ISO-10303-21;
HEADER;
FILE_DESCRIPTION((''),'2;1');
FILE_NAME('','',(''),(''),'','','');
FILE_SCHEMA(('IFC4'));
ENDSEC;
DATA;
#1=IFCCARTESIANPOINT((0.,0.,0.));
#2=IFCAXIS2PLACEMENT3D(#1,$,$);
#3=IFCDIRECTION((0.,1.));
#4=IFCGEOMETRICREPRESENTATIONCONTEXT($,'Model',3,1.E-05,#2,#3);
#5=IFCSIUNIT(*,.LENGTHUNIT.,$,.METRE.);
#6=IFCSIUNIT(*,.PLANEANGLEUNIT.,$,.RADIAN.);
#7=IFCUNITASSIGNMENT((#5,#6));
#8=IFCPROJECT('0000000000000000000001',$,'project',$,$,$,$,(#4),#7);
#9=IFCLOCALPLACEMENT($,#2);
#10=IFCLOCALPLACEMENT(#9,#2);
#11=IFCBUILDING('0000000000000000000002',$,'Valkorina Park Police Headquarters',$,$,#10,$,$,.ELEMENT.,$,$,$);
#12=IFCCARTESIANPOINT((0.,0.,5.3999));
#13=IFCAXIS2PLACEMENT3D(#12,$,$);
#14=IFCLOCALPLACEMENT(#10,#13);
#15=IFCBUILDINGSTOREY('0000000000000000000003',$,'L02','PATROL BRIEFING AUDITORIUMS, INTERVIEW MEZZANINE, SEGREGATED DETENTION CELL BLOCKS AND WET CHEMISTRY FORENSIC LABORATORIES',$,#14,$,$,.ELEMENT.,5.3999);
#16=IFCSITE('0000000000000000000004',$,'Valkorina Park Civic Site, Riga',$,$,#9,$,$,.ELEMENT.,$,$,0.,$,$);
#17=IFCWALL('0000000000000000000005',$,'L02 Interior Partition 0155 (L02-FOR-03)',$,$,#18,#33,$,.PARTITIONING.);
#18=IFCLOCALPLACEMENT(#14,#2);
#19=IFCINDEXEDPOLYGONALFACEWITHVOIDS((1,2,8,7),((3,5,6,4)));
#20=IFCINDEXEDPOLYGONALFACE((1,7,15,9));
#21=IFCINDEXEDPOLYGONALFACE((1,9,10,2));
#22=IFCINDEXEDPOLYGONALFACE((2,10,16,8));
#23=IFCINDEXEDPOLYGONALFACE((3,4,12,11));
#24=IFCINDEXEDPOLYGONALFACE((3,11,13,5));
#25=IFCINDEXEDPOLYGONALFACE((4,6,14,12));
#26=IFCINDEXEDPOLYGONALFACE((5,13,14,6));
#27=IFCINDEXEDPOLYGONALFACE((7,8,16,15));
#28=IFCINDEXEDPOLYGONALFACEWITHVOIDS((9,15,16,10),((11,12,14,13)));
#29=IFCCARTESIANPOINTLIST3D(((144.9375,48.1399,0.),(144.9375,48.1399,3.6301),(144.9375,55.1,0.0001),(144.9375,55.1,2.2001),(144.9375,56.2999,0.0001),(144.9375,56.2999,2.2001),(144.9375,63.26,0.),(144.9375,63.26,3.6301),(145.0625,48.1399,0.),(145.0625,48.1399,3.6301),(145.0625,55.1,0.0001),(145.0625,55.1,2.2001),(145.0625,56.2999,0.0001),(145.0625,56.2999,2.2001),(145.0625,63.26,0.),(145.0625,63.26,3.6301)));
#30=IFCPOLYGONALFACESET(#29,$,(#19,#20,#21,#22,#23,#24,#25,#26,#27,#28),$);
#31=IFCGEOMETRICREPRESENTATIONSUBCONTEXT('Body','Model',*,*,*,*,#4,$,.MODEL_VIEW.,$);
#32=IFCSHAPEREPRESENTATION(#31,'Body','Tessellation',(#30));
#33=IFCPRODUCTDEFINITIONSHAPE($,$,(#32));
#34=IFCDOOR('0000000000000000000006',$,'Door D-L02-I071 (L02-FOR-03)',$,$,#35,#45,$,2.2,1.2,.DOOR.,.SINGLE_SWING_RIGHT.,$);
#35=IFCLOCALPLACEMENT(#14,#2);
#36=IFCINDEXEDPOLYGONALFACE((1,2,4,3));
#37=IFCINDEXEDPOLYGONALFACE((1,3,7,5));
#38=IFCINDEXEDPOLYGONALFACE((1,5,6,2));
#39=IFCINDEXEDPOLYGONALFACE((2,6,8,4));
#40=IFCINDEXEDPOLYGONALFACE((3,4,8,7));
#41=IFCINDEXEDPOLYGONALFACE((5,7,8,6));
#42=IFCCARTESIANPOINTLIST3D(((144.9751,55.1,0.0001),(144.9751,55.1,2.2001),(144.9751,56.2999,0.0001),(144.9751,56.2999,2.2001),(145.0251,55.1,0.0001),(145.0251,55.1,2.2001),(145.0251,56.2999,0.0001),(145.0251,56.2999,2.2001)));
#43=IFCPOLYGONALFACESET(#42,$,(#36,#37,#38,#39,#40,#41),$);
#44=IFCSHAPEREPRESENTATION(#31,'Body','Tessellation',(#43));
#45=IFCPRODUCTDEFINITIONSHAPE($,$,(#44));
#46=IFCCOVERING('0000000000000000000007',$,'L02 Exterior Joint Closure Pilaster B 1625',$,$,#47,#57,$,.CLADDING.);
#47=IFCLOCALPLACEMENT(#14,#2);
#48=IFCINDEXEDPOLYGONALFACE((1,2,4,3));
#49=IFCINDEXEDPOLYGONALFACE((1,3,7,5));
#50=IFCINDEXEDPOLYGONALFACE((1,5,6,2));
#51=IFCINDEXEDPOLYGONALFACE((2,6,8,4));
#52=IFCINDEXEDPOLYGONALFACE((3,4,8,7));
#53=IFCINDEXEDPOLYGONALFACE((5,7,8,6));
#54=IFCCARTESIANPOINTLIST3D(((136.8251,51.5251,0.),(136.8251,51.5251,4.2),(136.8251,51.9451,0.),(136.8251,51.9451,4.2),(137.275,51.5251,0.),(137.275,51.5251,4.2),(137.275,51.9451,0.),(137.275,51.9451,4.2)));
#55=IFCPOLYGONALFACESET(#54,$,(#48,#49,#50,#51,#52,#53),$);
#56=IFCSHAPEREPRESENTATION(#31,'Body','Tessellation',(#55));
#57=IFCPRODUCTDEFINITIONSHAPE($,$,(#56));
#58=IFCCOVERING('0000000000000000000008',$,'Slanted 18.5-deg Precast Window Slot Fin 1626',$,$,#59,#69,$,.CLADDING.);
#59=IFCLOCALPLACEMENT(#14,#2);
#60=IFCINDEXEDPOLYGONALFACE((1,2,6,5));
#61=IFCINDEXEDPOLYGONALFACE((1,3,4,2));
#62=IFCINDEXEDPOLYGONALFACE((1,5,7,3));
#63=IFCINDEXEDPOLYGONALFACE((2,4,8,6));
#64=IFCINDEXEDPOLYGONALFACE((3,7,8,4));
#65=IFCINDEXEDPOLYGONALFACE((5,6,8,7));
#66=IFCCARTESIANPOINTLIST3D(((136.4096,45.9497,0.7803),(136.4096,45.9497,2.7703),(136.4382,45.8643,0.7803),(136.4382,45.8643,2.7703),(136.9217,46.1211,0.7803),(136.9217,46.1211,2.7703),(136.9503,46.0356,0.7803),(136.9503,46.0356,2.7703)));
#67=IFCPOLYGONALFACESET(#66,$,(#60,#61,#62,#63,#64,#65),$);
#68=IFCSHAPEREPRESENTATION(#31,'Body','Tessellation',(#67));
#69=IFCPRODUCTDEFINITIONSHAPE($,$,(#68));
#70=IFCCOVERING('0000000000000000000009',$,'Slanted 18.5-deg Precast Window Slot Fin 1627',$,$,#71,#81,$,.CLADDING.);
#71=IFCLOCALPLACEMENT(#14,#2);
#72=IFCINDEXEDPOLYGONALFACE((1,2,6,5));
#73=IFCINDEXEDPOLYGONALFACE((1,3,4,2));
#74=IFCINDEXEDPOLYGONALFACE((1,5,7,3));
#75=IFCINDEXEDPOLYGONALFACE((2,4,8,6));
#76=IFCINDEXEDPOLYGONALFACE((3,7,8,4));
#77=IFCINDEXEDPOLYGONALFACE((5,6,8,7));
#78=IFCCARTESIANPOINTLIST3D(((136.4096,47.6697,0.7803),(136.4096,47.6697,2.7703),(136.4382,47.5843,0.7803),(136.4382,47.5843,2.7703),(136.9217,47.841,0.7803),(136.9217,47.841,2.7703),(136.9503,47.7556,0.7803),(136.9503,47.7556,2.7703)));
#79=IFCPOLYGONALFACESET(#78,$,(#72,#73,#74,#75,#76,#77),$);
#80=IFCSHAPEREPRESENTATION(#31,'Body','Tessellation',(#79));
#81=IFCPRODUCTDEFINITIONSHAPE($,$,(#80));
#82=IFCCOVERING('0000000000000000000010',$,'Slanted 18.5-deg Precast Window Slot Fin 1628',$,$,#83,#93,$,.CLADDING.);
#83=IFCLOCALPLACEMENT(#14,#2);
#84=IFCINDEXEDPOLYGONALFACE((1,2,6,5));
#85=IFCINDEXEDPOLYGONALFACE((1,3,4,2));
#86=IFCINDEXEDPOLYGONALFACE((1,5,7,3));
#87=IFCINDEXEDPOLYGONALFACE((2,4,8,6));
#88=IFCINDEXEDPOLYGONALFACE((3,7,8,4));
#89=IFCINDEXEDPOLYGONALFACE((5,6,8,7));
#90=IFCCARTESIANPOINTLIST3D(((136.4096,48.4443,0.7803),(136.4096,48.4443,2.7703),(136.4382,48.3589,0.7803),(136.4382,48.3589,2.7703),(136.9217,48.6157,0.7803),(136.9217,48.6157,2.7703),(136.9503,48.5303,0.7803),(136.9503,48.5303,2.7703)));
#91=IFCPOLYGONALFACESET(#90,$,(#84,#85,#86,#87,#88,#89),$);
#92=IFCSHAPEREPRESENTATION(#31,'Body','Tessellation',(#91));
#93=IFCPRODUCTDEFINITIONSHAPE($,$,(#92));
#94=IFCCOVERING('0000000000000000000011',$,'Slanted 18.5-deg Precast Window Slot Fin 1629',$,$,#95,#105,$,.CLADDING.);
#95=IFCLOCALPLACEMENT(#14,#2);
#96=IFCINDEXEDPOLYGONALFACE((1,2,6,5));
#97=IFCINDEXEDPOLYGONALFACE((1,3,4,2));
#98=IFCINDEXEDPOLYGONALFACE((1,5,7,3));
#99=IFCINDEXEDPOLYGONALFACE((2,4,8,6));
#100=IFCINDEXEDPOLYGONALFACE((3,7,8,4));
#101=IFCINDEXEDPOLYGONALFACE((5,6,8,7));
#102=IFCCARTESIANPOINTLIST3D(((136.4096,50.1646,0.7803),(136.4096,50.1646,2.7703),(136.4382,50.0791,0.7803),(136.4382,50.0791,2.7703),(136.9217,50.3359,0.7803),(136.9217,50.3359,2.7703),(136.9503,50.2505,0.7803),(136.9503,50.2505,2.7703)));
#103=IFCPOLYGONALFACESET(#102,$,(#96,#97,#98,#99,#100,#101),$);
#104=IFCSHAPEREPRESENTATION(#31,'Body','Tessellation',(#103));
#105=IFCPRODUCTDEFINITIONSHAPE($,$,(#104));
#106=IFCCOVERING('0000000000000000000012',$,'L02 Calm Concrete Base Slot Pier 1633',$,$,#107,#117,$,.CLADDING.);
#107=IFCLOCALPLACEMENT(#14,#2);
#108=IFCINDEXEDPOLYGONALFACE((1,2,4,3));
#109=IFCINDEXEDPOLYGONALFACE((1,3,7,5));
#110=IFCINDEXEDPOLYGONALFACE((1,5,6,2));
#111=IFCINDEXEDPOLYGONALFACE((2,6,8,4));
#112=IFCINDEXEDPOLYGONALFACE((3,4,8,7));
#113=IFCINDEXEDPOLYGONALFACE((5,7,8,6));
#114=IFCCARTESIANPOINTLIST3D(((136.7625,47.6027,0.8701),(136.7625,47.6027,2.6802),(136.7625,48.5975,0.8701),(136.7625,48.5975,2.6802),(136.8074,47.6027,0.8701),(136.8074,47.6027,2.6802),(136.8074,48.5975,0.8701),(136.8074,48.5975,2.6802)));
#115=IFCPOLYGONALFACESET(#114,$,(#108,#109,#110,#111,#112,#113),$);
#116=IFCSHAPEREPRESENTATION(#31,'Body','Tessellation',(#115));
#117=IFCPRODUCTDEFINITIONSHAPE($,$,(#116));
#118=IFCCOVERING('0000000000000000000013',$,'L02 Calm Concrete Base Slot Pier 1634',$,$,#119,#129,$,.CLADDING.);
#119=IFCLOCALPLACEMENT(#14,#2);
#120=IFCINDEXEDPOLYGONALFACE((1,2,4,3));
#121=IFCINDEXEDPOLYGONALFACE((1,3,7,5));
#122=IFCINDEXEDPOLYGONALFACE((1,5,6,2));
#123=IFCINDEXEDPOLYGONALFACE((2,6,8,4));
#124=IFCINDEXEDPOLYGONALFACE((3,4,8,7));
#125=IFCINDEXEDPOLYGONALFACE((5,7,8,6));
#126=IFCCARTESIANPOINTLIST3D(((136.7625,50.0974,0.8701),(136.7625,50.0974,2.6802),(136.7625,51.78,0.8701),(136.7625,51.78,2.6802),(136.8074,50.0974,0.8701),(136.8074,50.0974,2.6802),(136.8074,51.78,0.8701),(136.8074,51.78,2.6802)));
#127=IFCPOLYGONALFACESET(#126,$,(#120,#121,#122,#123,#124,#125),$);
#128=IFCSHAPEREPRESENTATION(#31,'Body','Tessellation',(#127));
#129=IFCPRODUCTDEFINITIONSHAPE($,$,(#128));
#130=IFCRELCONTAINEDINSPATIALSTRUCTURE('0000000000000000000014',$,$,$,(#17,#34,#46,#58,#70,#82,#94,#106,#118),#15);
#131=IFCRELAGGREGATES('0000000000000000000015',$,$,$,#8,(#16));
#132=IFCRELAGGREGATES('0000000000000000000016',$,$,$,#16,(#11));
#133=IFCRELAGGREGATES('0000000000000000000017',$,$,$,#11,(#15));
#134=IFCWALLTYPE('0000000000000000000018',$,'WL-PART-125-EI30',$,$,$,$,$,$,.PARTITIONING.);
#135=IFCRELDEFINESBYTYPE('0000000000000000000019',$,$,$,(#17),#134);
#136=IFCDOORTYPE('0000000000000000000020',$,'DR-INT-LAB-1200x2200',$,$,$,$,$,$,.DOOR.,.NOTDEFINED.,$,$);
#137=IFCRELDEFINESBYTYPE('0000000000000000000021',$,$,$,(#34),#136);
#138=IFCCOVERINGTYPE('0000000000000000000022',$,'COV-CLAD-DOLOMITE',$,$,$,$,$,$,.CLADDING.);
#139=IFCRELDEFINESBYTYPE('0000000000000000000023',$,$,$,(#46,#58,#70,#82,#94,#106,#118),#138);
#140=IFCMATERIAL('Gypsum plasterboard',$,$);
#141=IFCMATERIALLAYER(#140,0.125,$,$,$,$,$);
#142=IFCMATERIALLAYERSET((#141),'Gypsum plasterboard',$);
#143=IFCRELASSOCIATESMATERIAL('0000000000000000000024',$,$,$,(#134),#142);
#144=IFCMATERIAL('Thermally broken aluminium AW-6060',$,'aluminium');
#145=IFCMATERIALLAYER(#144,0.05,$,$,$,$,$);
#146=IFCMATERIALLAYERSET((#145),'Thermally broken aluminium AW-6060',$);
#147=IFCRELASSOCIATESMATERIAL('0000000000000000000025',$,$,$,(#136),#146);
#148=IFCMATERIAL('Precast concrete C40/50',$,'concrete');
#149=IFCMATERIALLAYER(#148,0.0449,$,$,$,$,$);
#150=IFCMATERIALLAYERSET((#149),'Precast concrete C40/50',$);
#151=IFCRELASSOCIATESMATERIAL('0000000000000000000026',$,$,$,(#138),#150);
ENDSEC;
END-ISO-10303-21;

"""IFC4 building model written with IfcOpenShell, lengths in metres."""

from ifc_helpers import new_model, si_unit, direction, frame, frame_2d, origin, origin_2d, place, context, subcontext, project, spatial, rectangle, extrude, material, layer, layer_set, type_object, element, fill, save


model = new_model("IFC4")

# Units and contexts
model_context = context("Model", 3, precision=1e-05, world=origin(), true_north=direction((0.0, 1.0)))
body_context = subcontext(model_context, "Body", "Model", "MODEL_VIEW")
ifc_project = project(units=[si_unit("LENGTHUNIT", "METRE"), si_unit("PLANEANGLEUNIT", "RADIAN")], contexts=[model_context])

# Site, building, storey
site_placement = place(None, origin())
site = spatial("IfcSite", under=ifc_project, at=site_placement, Name="Valkorina Park Civic Site, Riga", CompositionType="ELEMENT", RefElevation=0.0)
building_placement = place(site_placement, origin())
building = spatial("IfcBuilding", under=site, at=building_placement, Name="Valkorina Park Police Headquarters", CompositionType="ELEMENT")
storey_placement = place(building_placement, frame((0.0, 0.0, 5.3999)))
storey = spatial("IfcBuildingStorey", under=building, at=storey_placement, Name="L02", Description="PATROL BRIEFING AUDITORIUMS, INTERVIEW MEZZANINE, SEGREGATED DETENTION CELL BLOCKS AND WET CHEMISTRY FORENSIC LABORATORIES", CompositionType="ELEMENT", Elevation=5.3999)

# Shared definitions
ifc_material_1 = material(Name="Precast concrete C40/50", Category="concrete")

# Shared definitions
ifc_material_2 = material(Name="Gypsum plasterboard")
ifc_layer_1 = layer(ifc_material_2, 0.125)
ifc_layer_set_1 = layer_set([ifc_layer_1], Name="Gypsum plasterboard")
wall_type_1 = type_object("IfcWallType", Name="WL-PART-125-EI30", PredefinedType="PARTITIONING", material=ifc_layer_set_1)

# Wall, opening, door
wall_1_placement = place(storey_placement, frame((145.0, 48.1399, 0.0), z_axis=(0.0, 0.0, 1.0), x_axis=(0.0, 1.0, 0.0)))
wall_1 = element("IfcWall", 1, at=wall_1_placement, inside=storey, type_object=wall_type_1, Name="L02 Interior Partition 0155 (L02-FOR-03)", PredefinedType="PARTITIONING", context=body_context, shape_type="SweptSolid", body=[
    extrude(rectangle(XDim=15.1201, YDim=0.125, at=frame_2d((7.5601, 0.0))), origin(), (0.0, 0.0, 1.0), 3.6301),
])
opening_1_placement = place(wall_1_placement, frame((6.96, 0.0, 0.0)))
opening_1 = element("IfcOpeningElement", 2, at=opening_1_placement, cuts=wall_1, PredefinedType="OPENING", context=body_context, shape_type="SweptSolid", body=[
    extrude(rectangle(XDim=1.2, YDim=2.2, at=frame_2d((0.6001, 1.1001))), frame((0.0, 0.0725, 0.0), z_axis=(0.0, -1.0, 0.0), x_axis=(1.0, 0.0, 0.0)), (0.0, 0.0, 1.0), 0.145),
])
ifc_material_3 = material(Name="Thermally broken aluminium AW-6060", Category="aluminium")
ifc_layer_2 = layer(ifc_material_3, 0.05)
ifc_layer_set_2 = layer_set([ifc_layer_2], Name="Thermally broken aluminium AW-6060")
door_type = type_object("IfcDoorType", Name="DR-INT-LAB-1200x2200", OperationType="NOTDEFINED", PredefinedType="DOOR", material=ifc_layer_set_2)
door_placement = place(opening_1_placement, origin())
door = element("IfcDoor", 3, at=door_placement, inside=storey, type_object=door_type, Name="Door D-L02-I071 (L02-FOR-03)", OperationType="SINGLE_SWING_RIGHT", OverallHeight=2.2, OverallWidth=1.2, PredefinedType="DOOR", context=body_context, shape_type="SweptSolid", body=[
    extrude(rectangle(XDim=1.2, YDim=2.2, at=frame_2d((0.6001, 1.1001))), frame((0.0, 0.0249, 0.0), z_axis=(0.0, -1.0, 0.0), x_axis=(1.0, 0.0, 0.0)), (0.0, 0.0, 1.0), 0.05),
])
fill(opening_1, door)

# Coverings
ifc_layer_3 = layer(ifc_material_1, 0.0449)
ifc_layer_set_3 = layer_set([ifc_layer_3], Name="Precast concrete C40/50")
covering_type = type_object("IfcCoveringType", Name="COV-CLAD-DOLOMITE", PredefinedType="CLADDING", material=ifc_layer_set_3)
covering_1_placement = place(storey_placement, frame((137.05, 51.7351, 0.0), z_axis=(0.0, 0.0, 1.0), x_axis=(0.0, 1.0, 0.0)))
element("IfcCovering", 4, at=covering_1_placement, inside=storey, type_object=covering_type, Name="L02 Exterior Joint Closure Pilaster B 1625", PredefinedType="CLADDING", context=body_context, shape_type="SweptSolid", body=[
    extrude(rectangle(XDim=0.4199, YDim=0.45, at=origin_2d()), origin(), (0.0, 0.0, 1.0), 4.2),
])
for number, where, z_axis, x_axis, name in (
    (5, (136.6799, 45.9927, 0.7803), (0.0, 0.0, 1.0), (-0.948324, -0.317305, 0.0), "Slanted 18.5-deg Precast Window Slot Fin 1626"),
    (6, (136.6799, 47.7126, 0.7803), (0.0, 0.0, 1.0), (-0.948324, -0.317305, 0.0), "Slanted 18.5-deg Precast Window Slot Fin 1627"),
    (7, (136.6799, 48.4873, 0.7803), (0.0, 0.0, 1.0), (-0.948324, -0.317305, 0.0), "Slanted 18.5-deg Precast Window Slot Fin 1628"),
    (8, (136.6799, 50.2075, 0.7803), (0.0, 0.0, 1.0), (-0.948324, -0.317305, 0.0), "Slanted 18.5-deg Precast Window Slot Fin 1629"),
):
    element("IfcCovering", number, at=place(storey_placement, frame(where, z_axis=z_axis, x_axis=x_axis)), inside=storey, type_object=covering_type, Name=name, PredefinedType="CLADDING", context=body_context, shape_type="SweptSolid", body=[
        extrude(rectangle(XDim=0.54, YDim=0.0901, at=origin_2d()), origin(), (0.0, 0.0, 1.0), 1.99),
    ])
covering_2_placement = place(storey_placement, frame((136.7849, 47.6025, 0.8701), z_axis=(0.0, 0.0, 1.0), x_axis=(0.0, 1.0, 0.0)))
element("IfcCovering", 9, at=covering_2_placement, inside=storey, type_object=covering_type, Name="L02 Calm Concrete Base Slot Pier 1633", PredefinedType="CLADDING", context=body_context, shape_type="SweptSolid", body=[
    extrude(rectangle(XDim=0.9949, YDim=0.0449, at=frame_2d((0.4976, 0.0))), origin(), (0.0, 0.0, 1.0), 1.8101),
])
covering_3_placement = place(storey_placement, frame((136.7849, 50.0974, 0.8701), z_axis=(0.0, 0.0, 1.0), x_axis=(0.0, 1.0, 0.0)))
element("IfcCovering", 10, at=covering_3_placement, inside=storey, type_object=covering_type, Name="L02 Calm Concrete Base Slot Pier 1634", PredefinedType="CLADDING", context=body_context, shape_type="SweptSolid", body=[
    extrude(rectangle(XDim=1.6826, YDim=0.0449, at=frame_2d((0.8413, 0.0))), origin(), (0.0, 0.0, 1.0), 1.8101),
])

save(model, "model.ifc")
